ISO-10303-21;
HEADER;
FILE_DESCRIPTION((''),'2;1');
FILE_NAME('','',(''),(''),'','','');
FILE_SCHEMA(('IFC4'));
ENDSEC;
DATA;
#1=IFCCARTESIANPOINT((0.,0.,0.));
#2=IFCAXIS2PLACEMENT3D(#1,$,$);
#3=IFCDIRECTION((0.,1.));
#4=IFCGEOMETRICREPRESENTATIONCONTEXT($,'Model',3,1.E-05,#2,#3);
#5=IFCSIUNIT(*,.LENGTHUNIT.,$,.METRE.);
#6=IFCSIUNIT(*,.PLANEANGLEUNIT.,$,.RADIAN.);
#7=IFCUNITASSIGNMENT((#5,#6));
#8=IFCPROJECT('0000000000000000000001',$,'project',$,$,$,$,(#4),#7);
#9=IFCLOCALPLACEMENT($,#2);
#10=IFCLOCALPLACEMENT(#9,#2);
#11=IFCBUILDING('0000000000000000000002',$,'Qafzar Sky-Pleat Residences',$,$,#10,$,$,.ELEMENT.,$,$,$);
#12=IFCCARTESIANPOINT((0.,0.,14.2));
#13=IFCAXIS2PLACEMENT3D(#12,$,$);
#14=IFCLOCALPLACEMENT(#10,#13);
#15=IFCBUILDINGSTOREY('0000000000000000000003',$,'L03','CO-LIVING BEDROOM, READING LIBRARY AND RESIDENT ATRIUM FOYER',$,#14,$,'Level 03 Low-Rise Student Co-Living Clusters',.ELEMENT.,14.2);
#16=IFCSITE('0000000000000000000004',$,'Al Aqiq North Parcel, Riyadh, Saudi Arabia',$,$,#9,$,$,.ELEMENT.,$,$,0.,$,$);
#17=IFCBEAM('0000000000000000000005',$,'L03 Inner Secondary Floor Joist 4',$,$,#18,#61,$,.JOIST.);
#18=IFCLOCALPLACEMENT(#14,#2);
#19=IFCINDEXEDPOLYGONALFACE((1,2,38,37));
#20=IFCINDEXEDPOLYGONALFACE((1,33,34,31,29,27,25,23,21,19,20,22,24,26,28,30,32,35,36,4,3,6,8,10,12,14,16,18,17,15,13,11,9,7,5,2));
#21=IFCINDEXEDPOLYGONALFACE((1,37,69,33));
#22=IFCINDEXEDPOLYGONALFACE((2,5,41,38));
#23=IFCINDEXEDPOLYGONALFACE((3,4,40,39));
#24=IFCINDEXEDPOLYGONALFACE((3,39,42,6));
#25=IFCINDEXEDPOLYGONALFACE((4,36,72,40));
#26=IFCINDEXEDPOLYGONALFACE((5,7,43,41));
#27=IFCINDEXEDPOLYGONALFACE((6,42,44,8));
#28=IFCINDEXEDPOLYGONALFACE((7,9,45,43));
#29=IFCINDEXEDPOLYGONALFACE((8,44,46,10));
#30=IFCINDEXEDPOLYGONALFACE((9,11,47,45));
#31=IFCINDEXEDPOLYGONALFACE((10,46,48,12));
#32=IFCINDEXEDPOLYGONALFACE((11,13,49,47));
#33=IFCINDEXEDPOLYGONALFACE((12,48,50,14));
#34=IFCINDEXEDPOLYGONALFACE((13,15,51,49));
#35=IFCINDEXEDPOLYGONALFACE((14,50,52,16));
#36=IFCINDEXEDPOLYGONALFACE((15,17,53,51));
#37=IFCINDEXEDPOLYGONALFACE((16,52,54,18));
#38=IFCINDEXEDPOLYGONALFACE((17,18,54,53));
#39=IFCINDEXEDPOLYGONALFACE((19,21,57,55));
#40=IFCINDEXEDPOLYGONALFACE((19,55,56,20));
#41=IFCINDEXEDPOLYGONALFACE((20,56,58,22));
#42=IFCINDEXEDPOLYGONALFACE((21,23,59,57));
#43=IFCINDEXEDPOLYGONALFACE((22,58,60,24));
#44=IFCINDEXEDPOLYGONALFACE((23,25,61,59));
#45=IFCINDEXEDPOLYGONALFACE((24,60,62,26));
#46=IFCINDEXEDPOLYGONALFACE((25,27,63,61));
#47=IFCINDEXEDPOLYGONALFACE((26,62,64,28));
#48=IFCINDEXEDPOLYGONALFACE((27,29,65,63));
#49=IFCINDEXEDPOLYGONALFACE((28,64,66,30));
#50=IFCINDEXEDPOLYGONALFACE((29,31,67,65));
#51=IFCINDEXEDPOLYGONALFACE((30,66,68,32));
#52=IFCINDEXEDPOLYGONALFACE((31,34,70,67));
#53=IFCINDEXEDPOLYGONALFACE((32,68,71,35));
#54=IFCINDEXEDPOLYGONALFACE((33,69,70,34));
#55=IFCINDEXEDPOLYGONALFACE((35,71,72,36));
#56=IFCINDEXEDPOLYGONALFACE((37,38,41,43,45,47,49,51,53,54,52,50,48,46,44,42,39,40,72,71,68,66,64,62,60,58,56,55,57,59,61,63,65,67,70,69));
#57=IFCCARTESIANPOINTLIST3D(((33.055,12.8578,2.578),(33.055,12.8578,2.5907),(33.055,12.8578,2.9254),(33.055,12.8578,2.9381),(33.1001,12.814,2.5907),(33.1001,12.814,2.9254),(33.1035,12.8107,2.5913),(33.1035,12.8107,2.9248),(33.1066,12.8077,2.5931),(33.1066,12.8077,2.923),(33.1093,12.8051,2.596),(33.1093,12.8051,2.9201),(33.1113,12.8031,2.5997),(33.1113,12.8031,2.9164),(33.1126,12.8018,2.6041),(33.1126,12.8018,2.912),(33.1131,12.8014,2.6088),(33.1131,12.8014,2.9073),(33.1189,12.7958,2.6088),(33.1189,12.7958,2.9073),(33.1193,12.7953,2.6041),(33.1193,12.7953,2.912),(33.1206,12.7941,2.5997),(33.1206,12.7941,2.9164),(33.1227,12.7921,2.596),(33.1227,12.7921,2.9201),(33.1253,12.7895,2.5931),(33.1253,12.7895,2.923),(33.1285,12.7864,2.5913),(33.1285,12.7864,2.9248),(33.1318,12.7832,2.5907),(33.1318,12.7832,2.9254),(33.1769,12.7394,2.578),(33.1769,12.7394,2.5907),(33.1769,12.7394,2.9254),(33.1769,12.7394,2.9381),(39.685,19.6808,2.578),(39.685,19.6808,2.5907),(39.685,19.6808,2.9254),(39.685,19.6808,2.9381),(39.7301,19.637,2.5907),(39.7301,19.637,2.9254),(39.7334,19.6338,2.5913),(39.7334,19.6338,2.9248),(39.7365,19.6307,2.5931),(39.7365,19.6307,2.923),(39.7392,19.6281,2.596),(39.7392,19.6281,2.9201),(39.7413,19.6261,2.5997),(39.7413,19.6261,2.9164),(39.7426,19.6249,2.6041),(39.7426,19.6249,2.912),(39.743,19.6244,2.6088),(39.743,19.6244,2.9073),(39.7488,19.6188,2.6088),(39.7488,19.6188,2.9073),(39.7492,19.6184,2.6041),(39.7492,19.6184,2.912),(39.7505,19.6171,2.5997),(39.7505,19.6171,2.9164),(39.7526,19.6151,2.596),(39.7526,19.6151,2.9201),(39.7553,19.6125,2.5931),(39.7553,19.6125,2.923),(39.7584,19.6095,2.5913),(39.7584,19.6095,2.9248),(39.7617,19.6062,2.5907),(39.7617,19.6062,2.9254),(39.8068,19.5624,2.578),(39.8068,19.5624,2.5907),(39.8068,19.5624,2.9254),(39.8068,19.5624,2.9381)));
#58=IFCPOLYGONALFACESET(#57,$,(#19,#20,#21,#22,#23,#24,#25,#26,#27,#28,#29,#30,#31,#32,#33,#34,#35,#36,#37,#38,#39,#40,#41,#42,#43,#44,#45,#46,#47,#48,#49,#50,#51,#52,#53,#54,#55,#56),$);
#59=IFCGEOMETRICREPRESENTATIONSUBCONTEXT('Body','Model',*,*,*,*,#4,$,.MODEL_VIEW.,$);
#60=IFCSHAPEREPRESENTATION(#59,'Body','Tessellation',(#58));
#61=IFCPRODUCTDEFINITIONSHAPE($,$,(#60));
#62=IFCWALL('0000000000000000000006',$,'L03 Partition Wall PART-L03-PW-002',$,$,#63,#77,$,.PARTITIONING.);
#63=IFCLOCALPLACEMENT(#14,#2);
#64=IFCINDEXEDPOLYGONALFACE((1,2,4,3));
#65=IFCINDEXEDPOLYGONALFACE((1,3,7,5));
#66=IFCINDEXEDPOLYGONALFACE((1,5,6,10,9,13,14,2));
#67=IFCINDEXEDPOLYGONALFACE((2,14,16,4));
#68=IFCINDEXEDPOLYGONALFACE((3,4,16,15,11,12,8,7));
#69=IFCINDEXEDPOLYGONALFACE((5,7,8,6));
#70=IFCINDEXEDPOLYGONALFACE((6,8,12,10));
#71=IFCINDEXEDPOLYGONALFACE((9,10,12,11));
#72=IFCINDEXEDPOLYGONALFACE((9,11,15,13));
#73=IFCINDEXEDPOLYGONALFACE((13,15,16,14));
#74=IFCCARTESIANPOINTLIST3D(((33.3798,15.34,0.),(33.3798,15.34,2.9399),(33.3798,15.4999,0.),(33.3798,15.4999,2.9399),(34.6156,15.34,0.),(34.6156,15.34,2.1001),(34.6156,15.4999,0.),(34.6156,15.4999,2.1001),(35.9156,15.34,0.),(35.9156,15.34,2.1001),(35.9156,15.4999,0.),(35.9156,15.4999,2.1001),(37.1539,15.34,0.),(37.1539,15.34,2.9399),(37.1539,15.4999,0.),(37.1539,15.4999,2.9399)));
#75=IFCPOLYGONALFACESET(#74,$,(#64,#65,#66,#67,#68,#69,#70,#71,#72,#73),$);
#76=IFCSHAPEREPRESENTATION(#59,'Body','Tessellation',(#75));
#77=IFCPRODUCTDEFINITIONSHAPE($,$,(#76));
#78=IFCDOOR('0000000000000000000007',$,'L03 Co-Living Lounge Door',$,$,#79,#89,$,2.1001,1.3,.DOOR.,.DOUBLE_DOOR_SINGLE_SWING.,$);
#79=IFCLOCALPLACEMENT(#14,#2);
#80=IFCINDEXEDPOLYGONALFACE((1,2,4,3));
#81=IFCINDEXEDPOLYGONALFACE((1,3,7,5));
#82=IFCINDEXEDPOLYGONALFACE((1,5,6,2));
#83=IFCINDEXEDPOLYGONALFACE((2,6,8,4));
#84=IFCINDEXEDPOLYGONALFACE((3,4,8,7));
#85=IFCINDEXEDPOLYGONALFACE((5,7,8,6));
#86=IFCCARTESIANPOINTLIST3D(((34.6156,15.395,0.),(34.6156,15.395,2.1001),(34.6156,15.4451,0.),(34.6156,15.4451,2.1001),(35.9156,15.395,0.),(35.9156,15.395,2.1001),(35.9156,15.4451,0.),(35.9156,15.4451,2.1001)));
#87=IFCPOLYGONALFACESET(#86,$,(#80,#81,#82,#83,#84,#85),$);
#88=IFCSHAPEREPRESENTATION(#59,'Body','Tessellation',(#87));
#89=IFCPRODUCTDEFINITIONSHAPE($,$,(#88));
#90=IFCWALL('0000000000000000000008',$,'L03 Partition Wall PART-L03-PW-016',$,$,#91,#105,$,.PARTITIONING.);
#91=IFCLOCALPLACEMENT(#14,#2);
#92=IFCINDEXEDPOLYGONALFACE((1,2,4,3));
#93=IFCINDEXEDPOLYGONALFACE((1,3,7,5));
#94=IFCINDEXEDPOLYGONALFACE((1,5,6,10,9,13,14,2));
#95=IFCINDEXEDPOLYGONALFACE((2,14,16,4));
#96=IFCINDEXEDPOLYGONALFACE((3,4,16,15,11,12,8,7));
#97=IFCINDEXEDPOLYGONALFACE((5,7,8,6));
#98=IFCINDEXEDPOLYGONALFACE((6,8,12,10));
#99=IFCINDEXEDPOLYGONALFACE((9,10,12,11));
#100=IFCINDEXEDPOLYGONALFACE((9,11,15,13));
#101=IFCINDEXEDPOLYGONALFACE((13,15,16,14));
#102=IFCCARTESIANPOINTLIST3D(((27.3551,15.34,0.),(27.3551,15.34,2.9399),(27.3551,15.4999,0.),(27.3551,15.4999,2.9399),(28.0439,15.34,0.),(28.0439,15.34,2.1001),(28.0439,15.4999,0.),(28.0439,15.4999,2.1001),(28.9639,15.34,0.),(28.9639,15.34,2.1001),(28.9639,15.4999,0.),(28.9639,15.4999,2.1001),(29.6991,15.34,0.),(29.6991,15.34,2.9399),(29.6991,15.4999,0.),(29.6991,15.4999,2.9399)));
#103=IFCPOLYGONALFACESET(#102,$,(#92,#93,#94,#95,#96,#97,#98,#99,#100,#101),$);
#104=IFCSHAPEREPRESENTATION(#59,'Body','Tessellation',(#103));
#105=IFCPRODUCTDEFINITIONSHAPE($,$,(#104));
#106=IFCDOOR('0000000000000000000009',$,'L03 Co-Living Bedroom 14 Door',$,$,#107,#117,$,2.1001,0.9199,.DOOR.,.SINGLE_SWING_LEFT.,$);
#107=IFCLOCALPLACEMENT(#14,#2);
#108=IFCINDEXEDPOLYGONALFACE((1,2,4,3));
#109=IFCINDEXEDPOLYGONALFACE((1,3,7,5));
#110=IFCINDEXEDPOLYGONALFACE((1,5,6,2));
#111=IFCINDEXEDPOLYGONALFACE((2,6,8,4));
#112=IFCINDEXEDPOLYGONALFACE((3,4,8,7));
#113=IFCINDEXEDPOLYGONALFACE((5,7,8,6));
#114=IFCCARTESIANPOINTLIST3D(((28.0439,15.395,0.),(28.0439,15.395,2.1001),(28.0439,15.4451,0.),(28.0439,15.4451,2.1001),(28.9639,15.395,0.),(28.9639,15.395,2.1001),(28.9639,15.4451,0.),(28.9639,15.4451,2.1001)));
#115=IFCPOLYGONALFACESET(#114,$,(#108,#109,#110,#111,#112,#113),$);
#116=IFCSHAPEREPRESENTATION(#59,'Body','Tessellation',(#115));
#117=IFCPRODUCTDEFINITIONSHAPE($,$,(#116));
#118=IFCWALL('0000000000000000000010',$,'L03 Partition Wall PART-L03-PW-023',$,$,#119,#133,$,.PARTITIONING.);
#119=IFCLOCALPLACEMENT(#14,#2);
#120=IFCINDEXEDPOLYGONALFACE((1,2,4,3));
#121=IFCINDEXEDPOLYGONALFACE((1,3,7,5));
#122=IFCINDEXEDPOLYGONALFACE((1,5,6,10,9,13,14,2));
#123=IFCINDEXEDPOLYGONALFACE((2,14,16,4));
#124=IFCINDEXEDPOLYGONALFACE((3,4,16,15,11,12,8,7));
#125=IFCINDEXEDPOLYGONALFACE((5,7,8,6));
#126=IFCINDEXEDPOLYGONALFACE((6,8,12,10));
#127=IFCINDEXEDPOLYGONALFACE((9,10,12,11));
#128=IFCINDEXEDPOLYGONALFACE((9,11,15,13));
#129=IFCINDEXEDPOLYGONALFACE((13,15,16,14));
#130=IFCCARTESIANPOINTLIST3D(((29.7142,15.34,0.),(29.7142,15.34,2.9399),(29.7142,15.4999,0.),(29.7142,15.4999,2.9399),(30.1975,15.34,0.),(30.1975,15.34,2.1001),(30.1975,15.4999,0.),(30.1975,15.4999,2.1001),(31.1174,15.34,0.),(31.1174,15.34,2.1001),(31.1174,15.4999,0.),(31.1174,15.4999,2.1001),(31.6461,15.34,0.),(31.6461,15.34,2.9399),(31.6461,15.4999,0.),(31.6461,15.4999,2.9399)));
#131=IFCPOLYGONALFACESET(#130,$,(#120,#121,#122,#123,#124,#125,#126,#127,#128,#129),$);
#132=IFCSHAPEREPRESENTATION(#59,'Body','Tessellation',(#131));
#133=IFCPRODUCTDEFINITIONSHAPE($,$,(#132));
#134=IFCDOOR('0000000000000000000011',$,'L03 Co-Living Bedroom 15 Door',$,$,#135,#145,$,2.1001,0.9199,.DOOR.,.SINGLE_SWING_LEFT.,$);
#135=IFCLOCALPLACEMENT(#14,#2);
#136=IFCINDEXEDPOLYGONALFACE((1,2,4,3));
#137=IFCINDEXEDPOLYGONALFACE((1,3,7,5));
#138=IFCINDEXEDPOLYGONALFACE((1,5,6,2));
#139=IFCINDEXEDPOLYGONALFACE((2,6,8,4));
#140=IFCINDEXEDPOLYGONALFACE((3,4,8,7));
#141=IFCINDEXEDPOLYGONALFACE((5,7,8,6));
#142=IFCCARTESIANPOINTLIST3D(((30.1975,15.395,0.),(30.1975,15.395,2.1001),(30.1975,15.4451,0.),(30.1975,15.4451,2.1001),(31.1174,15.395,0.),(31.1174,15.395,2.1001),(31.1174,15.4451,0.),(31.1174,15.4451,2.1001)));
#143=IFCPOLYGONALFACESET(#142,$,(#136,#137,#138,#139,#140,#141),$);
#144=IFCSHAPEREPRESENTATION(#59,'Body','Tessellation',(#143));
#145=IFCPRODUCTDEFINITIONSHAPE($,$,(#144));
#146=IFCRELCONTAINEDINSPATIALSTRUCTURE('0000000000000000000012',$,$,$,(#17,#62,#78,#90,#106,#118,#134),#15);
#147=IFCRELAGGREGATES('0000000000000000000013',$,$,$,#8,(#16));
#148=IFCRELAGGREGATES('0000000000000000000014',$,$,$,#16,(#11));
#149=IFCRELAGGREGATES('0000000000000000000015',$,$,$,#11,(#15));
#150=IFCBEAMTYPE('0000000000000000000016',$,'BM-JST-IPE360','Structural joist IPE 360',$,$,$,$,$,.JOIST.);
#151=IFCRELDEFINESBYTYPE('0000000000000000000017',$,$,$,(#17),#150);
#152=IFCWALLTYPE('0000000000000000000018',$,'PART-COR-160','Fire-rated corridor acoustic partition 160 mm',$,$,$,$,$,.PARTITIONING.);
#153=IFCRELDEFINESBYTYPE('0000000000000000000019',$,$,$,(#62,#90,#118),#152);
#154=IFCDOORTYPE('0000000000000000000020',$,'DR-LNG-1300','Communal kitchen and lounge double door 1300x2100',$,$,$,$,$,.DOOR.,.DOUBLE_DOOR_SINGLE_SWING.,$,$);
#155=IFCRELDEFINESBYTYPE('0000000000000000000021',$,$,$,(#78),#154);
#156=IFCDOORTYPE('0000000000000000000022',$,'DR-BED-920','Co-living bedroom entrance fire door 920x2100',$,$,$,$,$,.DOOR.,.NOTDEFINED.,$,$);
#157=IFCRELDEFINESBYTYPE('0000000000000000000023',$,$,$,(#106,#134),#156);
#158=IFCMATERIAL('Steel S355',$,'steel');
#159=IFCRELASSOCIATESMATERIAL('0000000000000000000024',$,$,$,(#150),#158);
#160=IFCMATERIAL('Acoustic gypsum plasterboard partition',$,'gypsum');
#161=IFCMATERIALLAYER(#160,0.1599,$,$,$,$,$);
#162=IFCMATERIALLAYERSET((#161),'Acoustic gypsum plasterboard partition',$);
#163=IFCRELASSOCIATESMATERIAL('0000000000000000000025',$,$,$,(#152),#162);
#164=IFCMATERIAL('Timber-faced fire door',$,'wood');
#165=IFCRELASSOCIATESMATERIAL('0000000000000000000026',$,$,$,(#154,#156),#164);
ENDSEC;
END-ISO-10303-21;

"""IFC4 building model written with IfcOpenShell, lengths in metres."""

from ifc_helpers import new_model, si_unit, direction, frame, frame_2d, origin, origin_2d, place, context, subcontext, project, spatial, rectangle, i_section, extrude, source, transform, mapped, material, layer, layer_set, material_profile, profile_set, type_object, element, fill, save


model = new_model("IFC4")

# Units and contexts
model_context = context("Model", 3, precision=1e-05, world=origin(), true_north=direction((0.0, 1.0)))
body_context = subcontext(model_context, "Body", "Model", "MODEL_VIEW")
ifc_project = project(units=[si_unit("LENGTHUNIT", "METRE"), si_unit("PLANEANGLEUNIT", "RADIAN")], contexts=[model_context])

# Site, building, storey
site_placement = place(None, origin())
site = spatial("IfcSite", under=ifc_project, at=site_placement, Name="Al Aqiq North Parcel, Riyadh, Saudi Arabia", CompositionType="ELEMENT", RefElevation=0.0)
building_placement = place(site_placement, origin())
building = spatial("IfcBuilding", under=site, at=building_placement, Name="Qafzar Sky-Pleat Residences", CompositionType="ELEMENT")
storey_placement = place(building_placement, frame((0.0, 0.0, 14.2)))
storey = spatial("IfcBuildingStorey", under=building, at=storey_placement, Name="L03", Description="CO-LIVING BEDROOM, READING LIBRARY AND RESIDENT ATRIUM FOYER", LongName="Level 03 Low-Rise Student Co-Living Clusters", CompositionType="ELEMENT", Elevation=14.2)

# Beam
ifc_material_1 = material(Name="Steel S355", Category="steel")
ifc_material_profile_1 = material_profile(ifc_material_1, i_section(OverallWidth=0.1699, OverallDepth=0.3601, WebThickness=0.0081, FlangeThickness=0.0127, FilletRadius=0.0181, at=origin_2d()), Name="IPE 360")
ifc_profile_set_1 = profile_set([ifc_material_profile_1], Name="Steel S355")
beam_type_1 = type_object("IfcBeamType", Name="BM-JST-IPE360", Description="Structural joist IPE 360", PredefinedType="JOIST", material=ifc_profile_set_1)
shared_shape_1 = source(origin(), body_context, "Body", "SweptSolid", [
    extrude(i_section(OverallWidth=0.1699, OverallDepth=0.3601, WebThickness=0.0081, FlangeThickness=0.0127, FilletRadius=0.0181, at=origin_2d()), origin(), (0.0, 0.0, 1.0), 9.5137),
])
beam_1_placement = place(storey_placement, frame((33.116, 12.7986, 2.7581), z_axis=(0.696885, 0.717183, 0.0), x_axis=(-0.717183, 0.696885, 0.0)))
element("IfcBeam", 1, at=beam_1_placement, inside=storey, type_object=beam_type_1, Name="L03 Inner Secondary Floor Joist 4", PredefinedType="JOIST", context=body_context, shape_type="MappedRepresentation", body=[
    mapped(shared_shape_1, transform((0.0, 0.0, 0.0), x_axis=(1.0, 0.0, 0.0), y_axis=(0.0, 1.0, 0.0), z_axis=(0.0, 0.0, 1.0), scale=1.0)),
])

# Walls, openings, doors
ifc_material_2 = material(Name="Acoustic gypsum plasterboard partition", Category="gypsum")
ifc_layer_1 = layer(ifc_material_2, 0.1599)
ifc_layer_set_1 = layer_set([ifc_layer_1], Name="Acoustic gypsum plasterboard partition")
wall_type_1 = type_object("IfcWallType", Name="PART-COR-160", Description="Fire-rated corridor acoustic partition 160 mm", PredefinedType="PARTITIONING", material=ifc_layer_set_1)
wall_1_placement = place(storey_placement, frame((37.1541, 15.4199, 0.0), z_axis=(0.0, 0.0, 1.0), x_axis=(-1.0, 0.0, 0.0)))
wall_1 = element("IfcWall", 2, at=wall_1_placement, inside=storey, type_object=wall_type_1, Name="L03 Partition Wall PART-L03-PW-002", PredefinedType="PARTITIONING", context=body_context, shape_type="SweptSolid", body=[
    extrude(rectangle(XDim=3.7742, YDim=0.1599, at=frame_2d((1.8872, 0.0))), origin(), (0.0, 0.0, 1.0), 2.9399),
])
opening_1_placement = place(wall_1_placement, frame((1.2385, 0.0, 0.0)))
opening_1 = element("IfcOpeningElement", 3, at=opening_1_placement, cuts=wall_1, PredefinedType="OPENING", context=body_context, shape_type="SweptSolid", body=[
    extrude(rectangle(XDim=1.3, YDim=2.1001, at=frame_2d((0.6499, 1.05))), frame((0.0, 0.0898, 0.0), z_axis=(0.0, -1.0, 0.0), x_axis=(1.0, 0.0, 0.0)), (0.0, 0.0, 1.0), 0.1799),
])
ifc_material_3 = material(Name="Timber-faced fire door", Category="wood")
door_type_1 = type_object("IfcDoorType", Name="DR-LNG-1300", Description="Communal kitchen and lounge double door 1300x2100", OperationType="DOUBLE_DOOR_SINGLE_SWING", PredefinedType="DOOR", material=ifc_material_3)
shared_shape_2 = source(origin(), body_context, "Body", "SweptSolid", [
    extrude(rectangle(XDim=1.3, YDim=2.1001, at=frame_2d((0.6499, 1.05))), frame((0.0, 0.0249, 0.0), z_axis=(0.0, -1.0, 0.0), x_axis=(1.0, 0.0, 0.0)), (0.0, 0.0, 1.0), 0.05),
])
door_1_placement = place(opening_1_placement, origin())
door_1 = element("IfcDoor", 4, at=door_1_placement, inside=storey, type_object=door_type_1, Name="L03 Co-Living Lounge Door", OperationType="DOUBLE_DOOR_SINGLE_SWING", OverallHeight=2.1001, OverallWidth=1.3, PredefinedType="DOOR", context=body_context, shape_type="MappedRepresentation", body=[
    mapped(shared_shape_2, transform((0.0, 0.0, 0.0), x_axis=(1.0, 0.0, 0.0), y_axis=(0.0, 1.0, 0.0), z_axis=(0.0, 0.0, 1.0), scale=1.0)),
])
fill(opening_1, door_1)
wall_2_placement = place(storey_placement, frame((29.699, 15.4199, 0.0), z_axis=(0.0, 0.0, 1.0), x_axis=(-1.0, 0.0, 0.0)))
wall_2 = element("IfcWall", 5, at=wall_2_placement, inside=storey, type_object=wall_type_1, Name="L03 Partition Wall PART-L03-PW-016", PredefinedType="PARTITIONING", context=body_context, shape_type="SweptSolid", body=[
    extrude(rectangle(XDim=2.344, YDim=0.1599, at=frame_2d((1.1719, 0.0))), origin(), (0.0, 0.0, 1.0), 2.9399),
])
opening_2_placement = place(wall_2_placement, frame((0.7351, 0.0, 0.0)))
opening_2 = element("IfcOpeningElement", 6, at=opening_2_placement, cuts=wall_2, PredefinedType="OPENING", context=body_context, shape_type="SweptSolid", body=[
    extrude(rectangle(XDim=0.9199, YDim=2.1001, at=frame_2d((0.46, 1.05))), frame((0.0, 0.0898, 0.0), z_axis=(0.0, -1.0, 0.0), x_axis=(1.0, 0.0, 0.0)), (0.0, 0.0, 1.0), 0.1799),
])
door_type_2 = type_object("IfcDoorType", Name="DR-BED-920", Description="Co-living bedroom entrance fire door 920x2100", OperationType="NOTDEFINED", PredefinedType="DOOR", material=ifc_material_3)
shared_shape_3 = source(origin(), body_context, "Body", "SweptSolid", [
    extrude(rectangle(XDim=0.9199, YDim=2.1001, at=frame_2d((0.46, 1.05))), frame((0.0, 0.0249, 0.0), z_axis=(0.0, -1.0, 0.0), x_axis=(1.0, 0.0, 0.0)), (0.0, 0.0, 1.0), 0.05),
])
door_2_placement = place(opening_2_placement, origin())
door_2 = element("IfcDoor", 7, at=door_2_placement, inside=storey, type_object=door_type_2, Name="L03 Co-Living Bedroom 14 Door", OperationType="SINGLE_SWING_LEFT", OverallHeight=2.1001, OverallWidth=0.9199, PredefinedType="DOOR", context=body_context, shape_type="MappedRepresentation", body=[
    mapped(shared_shape_3, transform((0.0, 0.0, 0.0), x_axis=(1.0, 0.0, 0.0), y_axis=(0.0, 1.0, 0.0), z_axis=(0.0, 0.0, 1.0), scale=1.0)),
])
fill(opening_2, door_2)
wall_3_placement = place(storey_placement, frame((31.646, 15.4199, 0.0), z_axis=(0.0, 0.0, 1.0), x_axis=(-1.0, 0.0, 0.0)))
wall_3 = element("IfcWall", 8, at=wall_3_placement, inside=storey, type_object=wall_type_1, Name="L03 Partition Wall PART-L03-PW-023", PredefinedType="PARTITIONING", context=body_context, shape_type="SweptSolid", body=[
    extrude(rectangle(XDim=1.9319, YDim=0.1599, at=frame_2d((0.9658, 0.0))), origin(), (0.0, 0.0, 1.0), 2.9399),
])
opening_3_placement = place(wall_3_placement, frame((0.5286, 0.0, 0.0)))
opening_3 = element("IfcOpeningElement", 9, at=opening_3_placement, cuts=wall_3, PredefinedType="OPENING", context=body_context, shape_type="SweptSolid", body=[
    extrude(rectangle(XDim=0.9199, YDim=2.1001, at=frame_2d((0.46, 1.05))), frame((0.0, 0.0898, 0.0), z_axis=(0.0, -1.0, 0.0), x_axis=(1.0, 0.0, 0.0)), (0.0, 0.0, 1.0), 0.1799),
])
door_3_placement = place(opening_3_placement, origin())
door_3 = element("IfcDoor", 10, at=door_3_placement, inside=storey, type_object=door_type_2, Name="L03 Co-Living Bedroom 15 Door", OperationType="SINGLE_SWING_LEFT", OverallHeight=2.1001, OverallWidth=0.9199, PredefinedType="DOOR", context=body_context, shape_type="MappedRepresentation", body=[
    mapped(shared_shape_3, transform((0.0, 0.0, 0.0), x_axis=(1.0, 0.0, 0.0), y_axis=(0.0, 1.0, 0.0), z_axis=(0.0, 0.0, 1.0), scale=1.0)),
])
fill(opening_3, door_3)

save(model, "model.ifc")
